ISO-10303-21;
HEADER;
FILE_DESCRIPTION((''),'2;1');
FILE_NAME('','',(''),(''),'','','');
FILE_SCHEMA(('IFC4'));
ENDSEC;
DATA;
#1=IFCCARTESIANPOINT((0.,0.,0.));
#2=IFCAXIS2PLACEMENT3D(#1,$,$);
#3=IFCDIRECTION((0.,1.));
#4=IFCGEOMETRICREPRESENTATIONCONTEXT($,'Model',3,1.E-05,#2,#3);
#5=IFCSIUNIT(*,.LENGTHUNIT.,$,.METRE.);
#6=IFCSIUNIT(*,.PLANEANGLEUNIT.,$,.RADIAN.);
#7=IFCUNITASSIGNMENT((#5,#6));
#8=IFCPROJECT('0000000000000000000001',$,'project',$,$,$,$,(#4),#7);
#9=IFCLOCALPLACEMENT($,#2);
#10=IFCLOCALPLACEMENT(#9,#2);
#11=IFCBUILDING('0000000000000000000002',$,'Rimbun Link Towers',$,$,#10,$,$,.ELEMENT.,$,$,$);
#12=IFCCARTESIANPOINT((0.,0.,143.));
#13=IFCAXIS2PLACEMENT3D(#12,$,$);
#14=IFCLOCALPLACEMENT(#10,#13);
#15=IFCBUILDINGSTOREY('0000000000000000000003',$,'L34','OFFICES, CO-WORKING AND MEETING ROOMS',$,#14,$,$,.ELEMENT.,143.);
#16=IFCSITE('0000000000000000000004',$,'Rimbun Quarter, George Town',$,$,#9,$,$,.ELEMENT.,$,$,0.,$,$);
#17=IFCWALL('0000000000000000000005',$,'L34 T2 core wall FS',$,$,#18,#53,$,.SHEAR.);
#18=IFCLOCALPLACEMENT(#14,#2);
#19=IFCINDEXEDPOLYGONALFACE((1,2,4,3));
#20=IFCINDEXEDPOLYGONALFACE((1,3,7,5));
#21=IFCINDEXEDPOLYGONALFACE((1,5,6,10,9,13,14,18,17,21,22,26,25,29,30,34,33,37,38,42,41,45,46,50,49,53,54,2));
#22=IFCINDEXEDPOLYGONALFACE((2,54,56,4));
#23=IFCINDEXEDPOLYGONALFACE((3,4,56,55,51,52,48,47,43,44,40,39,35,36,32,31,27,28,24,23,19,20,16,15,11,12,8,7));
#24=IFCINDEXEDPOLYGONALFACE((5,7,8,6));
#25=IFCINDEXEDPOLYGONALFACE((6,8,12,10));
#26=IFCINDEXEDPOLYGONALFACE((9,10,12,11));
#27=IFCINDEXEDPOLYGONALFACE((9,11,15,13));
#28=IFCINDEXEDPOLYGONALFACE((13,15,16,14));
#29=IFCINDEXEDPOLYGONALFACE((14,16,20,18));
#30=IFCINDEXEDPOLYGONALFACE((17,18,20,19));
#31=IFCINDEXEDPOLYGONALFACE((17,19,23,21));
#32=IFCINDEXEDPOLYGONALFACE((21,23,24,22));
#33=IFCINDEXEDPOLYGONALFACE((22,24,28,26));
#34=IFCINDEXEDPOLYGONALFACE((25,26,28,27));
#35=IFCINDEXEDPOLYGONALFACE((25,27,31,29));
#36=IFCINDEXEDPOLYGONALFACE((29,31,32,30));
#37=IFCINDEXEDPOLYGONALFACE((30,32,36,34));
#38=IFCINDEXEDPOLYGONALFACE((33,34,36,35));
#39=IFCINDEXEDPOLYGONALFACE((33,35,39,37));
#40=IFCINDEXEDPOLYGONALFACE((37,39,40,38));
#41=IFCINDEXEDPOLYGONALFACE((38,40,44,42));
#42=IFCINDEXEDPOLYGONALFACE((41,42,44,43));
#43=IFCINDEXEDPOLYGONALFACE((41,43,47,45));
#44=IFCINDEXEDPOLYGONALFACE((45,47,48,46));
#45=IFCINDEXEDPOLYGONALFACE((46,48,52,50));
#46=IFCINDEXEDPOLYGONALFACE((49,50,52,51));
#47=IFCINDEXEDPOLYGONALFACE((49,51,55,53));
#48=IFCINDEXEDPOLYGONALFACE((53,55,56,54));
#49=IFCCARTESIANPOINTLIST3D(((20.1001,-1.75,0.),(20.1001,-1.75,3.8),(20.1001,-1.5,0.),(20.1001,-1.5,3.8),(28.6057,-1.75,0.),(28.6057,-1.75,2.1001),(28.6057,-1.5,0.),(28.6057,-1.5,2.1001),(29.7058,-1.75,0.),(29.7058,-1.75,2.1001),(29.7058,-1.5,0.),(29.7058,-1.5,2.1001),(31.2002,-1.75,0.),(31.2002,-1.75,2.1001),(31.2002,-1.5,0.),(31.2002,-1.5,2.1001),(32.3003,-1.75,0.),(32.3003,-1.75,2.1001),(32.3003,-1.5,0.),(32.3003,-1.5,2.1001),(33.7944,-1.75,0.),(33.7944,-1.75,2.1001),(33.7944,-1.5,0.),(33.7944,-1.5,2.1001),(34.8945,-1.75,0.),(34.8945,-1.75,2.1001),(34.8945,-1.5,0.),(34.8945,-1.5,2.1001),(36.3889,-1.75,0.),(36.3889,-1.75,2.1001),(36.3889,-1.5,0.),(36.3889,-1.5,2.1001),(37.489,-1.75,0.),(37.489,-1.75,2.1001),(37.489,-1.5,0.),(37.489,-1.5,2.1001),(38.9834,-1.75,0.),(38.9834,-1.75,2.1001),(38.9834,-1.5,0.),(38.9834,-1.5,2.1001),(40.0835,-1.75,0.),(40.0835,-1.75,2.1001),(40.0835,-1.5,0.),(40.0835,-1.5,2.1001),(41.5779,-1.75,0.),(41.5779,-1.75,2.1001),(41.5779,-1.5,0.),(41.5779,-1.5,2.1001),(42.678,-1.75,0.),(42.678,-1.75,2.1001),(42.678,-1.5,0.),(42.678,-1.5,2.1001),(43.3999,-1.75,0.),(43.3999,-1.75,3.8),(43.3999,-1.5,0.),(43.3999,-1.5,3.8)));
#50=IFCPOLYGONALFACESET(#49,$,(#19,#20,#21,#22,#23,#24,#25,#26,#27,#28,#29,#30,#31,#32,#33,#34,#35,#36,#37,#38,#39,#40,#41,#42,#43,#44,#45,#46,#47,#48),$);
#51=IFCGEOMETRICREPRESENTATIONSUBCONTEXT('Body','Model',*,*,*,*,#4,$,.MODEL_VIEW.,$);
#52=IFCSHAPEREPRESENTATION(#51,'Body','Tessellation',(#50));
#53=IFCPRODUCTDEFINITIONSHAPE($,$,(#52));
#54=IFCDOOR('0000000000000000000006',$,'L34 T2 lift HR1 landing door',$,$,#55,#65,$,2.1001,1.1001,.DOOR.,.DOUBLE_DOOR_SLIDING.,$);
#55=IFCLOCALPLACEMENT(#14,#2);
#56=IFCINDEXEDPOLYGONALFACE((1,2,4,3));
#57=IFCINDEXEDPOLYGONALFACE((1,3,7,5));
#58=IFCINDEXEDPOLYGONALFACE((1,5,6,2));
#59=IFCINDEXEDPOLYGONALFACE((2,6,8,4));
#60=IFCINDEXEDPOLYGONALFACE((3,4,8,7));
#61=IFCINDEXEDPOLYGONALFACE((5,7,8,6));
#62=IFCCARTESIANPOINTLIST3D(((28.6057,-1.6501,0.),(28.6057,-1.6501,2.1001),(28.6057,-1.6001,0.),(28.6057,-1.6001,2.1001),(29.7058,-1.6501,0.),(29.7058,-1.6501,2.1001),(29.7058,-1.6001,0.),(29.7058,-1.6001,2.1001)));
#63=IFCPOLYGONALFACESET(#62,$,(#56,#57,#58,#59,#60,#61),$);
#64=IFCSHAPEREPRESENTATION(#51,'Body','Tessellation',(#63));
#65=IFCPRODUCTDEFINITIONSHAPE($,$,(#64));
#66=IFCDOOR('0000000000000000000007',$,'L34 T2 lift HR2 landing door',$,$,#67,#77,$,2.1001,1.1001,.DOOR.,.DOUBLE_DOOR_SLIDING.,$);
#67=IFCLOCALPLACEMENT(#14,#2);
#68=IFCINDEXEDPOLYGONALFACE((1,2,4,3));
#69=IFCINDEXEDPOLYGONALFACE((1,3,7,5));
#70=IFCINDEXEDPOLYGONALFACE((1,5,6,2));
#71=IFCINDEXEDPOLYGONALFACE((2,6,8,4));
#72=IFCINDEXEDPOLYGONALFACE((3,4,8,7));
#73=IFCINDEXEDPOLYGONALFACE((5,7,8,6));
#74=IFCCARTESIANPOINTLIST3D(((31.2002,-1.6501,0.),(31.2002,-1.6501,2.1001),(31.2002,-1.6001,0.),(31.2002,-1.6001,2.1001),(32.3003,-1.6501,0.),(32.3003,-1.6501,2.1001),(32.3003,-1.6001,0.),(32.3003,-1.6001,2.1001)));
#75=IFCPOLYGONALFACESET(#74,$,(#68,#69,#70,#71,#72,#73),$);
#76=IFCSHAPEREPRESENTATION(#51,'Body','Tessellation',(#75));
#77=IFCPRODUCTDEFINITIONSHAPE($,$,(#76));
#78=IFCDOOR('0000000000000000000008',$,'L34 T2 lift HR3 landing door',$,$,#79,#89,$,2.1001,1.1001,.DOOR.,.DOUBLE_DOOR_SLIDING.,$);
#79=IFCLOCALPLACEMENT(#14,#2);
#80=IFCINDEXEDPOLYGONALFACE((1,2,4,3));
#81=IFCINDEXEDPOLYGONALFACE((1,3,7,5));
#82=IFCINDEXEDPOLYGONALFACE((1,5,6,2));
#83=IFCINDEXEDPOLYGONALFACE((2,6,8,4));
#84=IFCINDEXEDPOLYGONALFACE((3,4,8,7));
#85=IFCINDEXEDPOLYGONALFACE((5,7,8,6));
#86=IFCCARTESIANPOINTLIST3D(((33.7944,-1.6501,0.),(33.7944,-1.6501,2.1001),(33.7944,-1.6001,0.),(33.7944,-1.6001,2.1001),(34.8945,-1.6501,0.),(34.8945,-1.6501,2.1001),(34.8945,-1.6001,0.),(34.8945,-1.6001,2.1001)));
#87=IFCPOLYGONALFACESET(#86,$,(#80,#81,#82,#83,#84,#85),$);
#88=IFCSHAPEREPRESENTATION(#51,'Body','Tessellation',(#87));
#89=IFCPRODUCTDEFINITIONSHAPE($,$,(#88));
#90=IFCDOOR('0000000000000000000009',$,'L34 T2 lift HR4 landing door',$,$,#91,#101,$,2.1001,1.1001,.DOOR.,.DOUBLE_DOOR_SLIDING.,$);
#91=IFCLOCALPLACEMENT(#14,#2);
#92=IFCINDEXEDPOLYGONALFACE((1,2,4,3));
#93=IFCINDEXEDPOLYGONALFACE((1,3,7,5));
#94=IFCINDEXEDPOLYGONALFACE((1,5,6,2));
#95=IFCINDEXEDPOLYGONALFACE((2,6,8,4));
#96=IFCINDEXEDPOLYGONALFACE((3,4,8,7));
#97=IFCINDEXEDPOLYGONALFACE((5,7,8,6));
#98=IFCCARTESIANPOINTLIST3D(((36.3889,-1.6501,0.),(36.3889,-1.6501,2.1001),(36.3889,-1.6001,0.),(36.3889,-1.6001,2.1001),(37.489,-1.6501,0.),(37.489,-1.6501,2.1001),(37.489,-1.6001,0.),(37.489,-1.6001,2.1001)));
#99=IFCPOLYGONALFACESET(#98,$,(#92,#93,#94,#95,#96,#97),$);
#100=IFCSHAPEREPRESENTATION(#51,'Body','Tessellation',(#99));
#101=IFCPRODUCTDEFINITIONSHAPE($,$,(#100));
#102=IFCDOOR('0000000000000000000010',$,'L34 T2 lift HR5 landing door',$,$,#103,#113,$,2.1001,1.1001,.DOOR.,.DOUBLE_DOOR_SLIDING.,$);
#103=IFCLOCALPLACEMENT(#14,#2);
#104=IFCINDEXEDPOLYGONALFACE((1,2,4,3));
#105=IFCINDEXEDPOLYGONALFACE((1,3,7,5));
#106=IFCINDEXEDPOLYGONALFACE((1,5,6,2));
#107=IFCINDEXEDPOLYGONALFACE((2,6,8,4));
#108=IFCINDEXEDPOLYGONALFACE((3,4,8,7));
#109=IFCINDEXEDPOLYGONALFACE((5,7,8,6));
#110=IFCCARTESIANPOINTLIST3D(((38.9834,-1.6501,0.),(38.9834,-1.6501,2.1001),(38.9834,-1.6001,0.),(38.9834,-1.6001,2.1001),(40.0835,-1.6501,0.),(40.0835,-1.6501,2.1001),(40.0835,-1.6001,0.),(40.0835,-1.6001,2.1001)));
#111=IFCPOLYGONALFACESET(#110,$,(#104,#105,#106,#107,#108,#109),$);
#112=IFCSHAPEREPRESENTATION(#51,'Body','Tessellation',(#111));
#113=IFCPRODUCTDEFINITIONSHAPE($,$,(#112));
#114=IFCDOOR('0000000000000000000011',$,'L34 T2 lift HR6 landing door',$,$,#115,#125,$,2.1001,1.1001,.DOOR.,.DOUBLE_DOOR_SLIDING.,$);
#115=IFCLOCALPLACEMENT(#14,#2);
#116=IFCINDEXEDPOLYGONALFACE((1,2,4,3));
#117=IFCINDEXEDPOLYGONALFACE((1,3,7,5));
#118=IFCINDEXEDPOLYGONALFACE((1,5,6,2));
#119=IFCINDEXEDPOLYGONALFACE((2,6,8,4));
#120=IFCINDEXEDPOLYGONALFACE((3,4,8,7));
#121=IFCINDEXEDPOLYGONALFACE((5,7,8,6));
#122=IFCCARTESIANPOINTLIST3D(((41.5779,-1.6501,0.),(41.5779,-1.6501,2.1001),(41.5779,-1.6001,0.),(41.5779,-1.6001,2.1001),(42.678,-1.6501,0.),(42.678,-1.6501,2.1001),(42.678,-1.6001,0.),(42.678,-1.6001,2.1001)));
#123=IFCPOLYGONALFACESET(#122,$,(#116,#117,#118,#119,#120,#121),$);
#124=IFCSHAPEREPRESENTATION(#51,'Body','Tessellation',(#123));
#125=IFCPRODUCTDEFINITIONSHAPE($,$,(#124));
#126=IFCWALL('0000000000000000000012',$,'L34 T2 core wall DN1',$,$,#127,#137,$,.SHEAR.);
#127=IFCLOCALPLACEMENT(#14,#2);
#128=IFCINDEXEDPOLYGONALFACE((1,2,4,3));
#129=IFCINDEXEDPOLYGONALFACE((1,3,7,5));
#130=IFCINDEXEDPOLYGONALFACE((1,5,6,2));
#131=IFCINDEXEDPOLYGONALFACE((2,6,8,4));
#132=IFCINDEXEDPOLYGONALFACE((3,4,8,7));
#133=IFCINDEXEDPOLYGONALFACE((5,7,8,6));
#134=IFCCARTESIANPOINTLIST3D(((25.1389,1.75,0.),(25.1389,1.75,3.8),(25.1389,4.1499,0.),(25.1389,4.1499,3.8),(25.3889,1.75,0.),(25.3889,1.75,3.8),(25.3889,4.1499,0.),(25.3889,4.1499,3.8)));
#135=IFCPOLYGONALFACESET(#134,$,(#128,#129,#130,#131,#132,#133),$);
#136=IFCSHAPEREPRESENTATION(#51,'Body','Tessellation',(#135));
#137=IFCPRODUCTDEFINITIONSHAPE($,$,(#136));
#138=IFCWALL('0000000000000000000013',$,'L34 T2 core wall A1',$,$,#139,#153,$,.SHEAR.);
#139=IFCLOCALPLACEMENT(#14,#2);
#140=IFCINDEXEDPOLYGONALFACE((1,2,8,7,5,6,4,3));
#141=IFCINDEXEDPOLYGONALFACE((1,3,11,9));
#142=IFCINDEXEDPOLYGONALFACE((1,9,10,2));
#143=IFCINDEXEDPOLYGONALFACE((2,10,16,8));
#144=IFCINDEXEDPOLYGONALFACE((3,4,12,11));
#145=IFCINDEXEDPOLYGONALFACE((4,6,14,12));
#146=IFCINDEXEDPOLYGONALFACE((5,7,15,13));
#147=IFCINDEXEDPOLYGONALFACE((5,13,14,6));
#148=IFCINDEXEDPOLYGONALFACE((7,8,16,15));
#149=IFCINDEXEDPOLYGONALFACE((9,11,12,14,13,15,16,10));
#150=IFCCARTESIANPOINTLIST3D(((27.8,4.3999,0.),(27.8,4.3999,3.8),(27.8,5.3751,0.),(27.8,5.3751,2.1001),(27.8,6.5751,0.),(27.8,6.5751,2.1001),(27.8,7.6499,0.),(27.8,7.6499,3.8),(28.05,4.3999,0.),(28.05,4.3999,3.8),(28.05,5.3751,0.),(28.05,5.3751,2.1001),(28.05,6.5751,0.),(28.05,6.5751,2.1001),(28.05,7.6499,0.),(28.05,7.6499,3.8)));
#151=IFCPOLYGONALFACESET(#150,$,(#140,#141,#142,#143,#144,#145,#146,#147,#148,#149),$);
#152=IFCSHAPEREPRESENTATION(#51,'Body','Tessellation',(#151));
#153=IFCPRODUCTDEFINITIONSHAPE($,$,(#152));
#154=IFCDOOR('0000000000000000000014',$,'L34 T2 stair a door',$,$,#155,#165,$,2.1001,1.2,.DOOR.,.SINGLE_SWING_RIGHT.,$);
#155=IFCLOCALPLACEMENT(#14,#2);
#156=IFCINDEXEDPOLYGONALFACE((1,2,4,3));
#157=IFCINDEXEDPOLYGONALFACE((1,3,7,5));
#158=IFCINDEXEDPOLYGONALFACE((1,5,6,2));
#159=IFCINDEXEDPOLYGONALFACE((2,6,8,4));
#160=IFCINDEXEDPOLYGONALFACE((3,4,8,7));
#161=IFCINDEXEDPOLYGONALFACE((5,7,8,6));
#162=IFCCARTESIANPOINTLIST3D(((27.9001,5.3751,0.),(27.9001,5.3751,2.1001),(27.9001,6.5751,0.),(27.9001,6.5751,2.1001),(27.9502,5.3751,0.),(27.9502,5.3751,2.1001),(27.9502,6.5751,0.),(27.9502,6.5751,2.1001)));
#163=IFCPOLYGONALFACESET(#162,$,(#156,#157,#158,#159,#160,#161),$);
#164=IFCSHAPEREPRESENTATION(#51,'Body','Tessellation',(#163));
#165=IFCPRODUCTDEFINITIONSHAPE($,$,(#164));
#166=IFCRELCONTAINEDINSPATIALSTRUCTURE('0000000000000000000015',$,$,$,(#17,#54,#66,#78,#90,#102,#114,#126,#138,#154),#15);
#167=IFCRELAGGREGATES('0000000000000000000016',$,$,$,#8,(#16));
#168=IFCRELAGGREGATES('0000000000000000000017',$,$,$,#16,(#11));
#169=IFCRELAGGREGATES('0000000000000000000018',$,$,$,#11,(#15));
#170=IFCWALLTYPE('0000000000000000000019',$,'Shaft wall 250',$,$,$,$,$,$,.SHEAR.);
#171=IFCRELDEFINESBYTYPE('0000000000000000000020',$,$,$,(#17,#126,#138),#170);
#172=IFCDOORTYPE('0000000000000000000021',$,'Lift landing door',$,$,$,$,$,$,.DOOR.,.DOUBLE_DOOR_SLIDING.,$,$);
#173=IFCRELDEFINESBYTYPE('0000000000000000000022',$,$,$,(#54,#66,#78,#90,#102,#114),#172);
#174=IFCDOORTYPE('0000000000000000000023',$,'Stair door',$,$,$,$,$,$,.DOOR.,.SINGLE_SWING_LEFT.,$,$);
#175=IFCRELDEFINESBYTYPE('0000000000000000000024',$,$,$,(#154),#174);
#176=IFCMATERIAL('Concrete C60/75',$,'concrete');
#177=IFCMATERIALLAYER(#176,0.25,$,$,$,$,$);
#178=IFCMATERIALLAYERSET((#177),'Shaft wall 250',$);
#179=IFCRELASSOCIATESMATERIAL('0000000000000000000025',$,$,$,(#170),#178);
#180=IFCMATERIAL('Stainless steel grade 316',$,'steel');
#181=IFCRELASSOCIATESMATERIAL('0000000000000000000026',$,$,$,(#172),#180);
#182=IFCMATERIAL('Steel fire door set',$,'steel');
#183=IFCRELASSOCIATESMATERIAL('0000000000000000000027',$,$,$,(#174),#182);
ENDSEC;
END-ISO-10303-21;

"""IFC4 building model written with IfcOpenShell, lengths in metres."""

from ifc_helpers import new_model, si_unit, direction, frame, frame_2d, origin, place, context, subcontext, project, spatial, rectangle, extrude, material, layer, layer_set, type_object, element, fill, save


model = new_model("IFC4")

# Units and contexts
model_context = context("Model", 3, precision=1e-05, world=origin(), true_north=direction((0.0, 1.0)))
body_context = subcontext(model_context, "Body", "Model", "MODEL_VIEW")
ifc_project = project(units=[si_unit("LENGTHUNIT", "METRE"), si_unit("PLANEANGLEUNIT", "RADIAN")], contexts=[model_context])

# Site, building, storey
site_placement = place(None, origin())
site = spatial("IfcSite", under=ifc_project, at=site_placement, Name="Rimbun Quarter, George Town", CompositionType="ELEMENT", RefElevation=0.0)
building_placement = place(site_placement, origin())
building = spatial("IfcBuilding", under=site, at=building_placement, Name="Rimbun Link Towers", CompositionType="ELEMENT")
storey_placement = place(building_placement, frame((0.0, 0.0, 143.0)))
storey = spatial("IfcBuildingStorey", under=building, at=storey_placement, Name="L34", Description="OFFICES, CO-WORKING AND MEETING ROOMS", CompositionType="ELEMENT", Elevation=143.0)

# Shared definitions
ifc_material_1 = material(Name="Concrete C60/75", Category="concrete")
ifc_layer = layer(ifc_material_1, 0.25)
ifc_layer_set = layer_set([ifc_layer], Name="Shaft wall 250")
wall_type = type_object("IfcWallType", Name="Shaft wall 250", PredefinedType="SHEAR", material=ifc_layer_set)

# Wall, openings, doors
wall_1_placement = place(storey_placement, frame((20.1001, -1.625, 0.0), z_axis=(0.0, 0.0, 1.0), x_axis=(1.0, 0.0, 0.0)))
wall_1 = element("IfcWall", 1, at=wall_1_placement, inside=storey, type_object=wall_type, Name="L34 T2 core wall FS", PredefinedType="SHEAR", context=body_context, shape_type="SweptSolid", body=[
    extrude(rectangle(XDim=23.2998, YDim=0.25, at=frame_2d((11.6499, 0.0))), origin(), (0.0, 0.0, 1.0), 3.8),
])
opening_1_placement = place(wall_1_placement, frame((8.5056, 0.0, 0.0)))
opening_1 = element("IfcOpeningElement", 2, at=opening_1_placement, cuts=wall_1, PredefinedType="OPENING", context=body_context, shape_type="SweptSolid", body=[
    extrude(rectangle(XDim=1.1001, YDim=2.1001, at=frame_2d((0.55, 1.05))), frame((0.0, 0.135, 0.0), z_axis=(0.0, -1.0, 0.0), x_axis=(1.0, 0.0, 0.0)), (0.0, 0.0, 1.0), 0.27),
])
opening_2_placement = place(wall_1_placement, frame((11.1001, 0.0, 0.0)))
opening_2 = element("IfcOpeningElement", 3, at=opening_2_placement, cuts=wall_1, PredefinedType="OPENING", context=body_context, shape_type="SweptSolid", body=[
    extrude(rectangle(XDim=1.1001, YDim=2.1001, at=frame_2d((0.55, 1.05))), frame((0.0, 0.135, 0.0), z_axis=(0.0, -1.0, 0.0), x_axis=(1.0, 0.0, 0.0)), (0.0, 0.0, 1.0), 0.27),
])
opening_3_placement = place(wall_1_placement, frame((13.6943, 0.0, 0.0)))
opening_3 = element("IfcOpeningElement", 4, at=opening_3_placement, cuts=wall_1, PredefinedType="OPENING", context=body_context, shape_type="SweptSolid", body=[
    extrude(rectangle(XDim=1.1001, YDim=2.1001, at=frame_2d((0.55, 1.05))), frame((0.0, 0.135, 0.0), z_axis=(0.0, -1.0, 0.0), x_axis=(1.0, 0.0, 0.0)), (0.0, 0.0, 1.0), 0.27),
])
opening_4_placement = place(wall_1_placement, frame((16.2888, 0.0, 0.0)))
opening_4 = element("IfcOpeningElement", 5, at=opening_4_placement, cuts=wall_1, PredefinedType="OPENING", context=body_context, shape_type="SweptSolid", body=[
    extrude(rectangle(XDim=1.1001, YDim=2.1001, at=frame_2d((0.55, 1.05))), frame((0.0, 0.135, 0.0), z_axis=(0.0, -1.0, 0.0), x_axis=(1.0, 0.0, 0.0)), (0.0, 0.0, 1.0), 0.27),
])
opening_5_placement = place(wall_1_placement, frame((18.8833, 0.0, 0.0)))
opening_5 = element("IfcOpeningElement", 6, at=opening_5_placement, cuts=wall_1, PredefinedType="OPENING", context=body_context, shape_type="SweptSolid", body=[
    extrude(rectangle(XDim=1.1001, YDim=2.1001, at=frame_2d((0.55, 1.05))), frame((0.0, 0.135, 0.0), z_axis=(0.0, -1.0, 0.0), x_axis=(1.0, 0.0, 0.0)), (0.0, 0.0, 1.0), 0.27),
])
opening_6_placement = place(wall_1_placement, frame((21.4778, 0.0, 0.0)))
opening_6 = element("IfcOpeningElement", 7, at=opening_6_placement, cuts=wall_1, PredefinedType="OPENING", context=body_context, shape_type="SweptSolid", body=[
    extrude(rectangle(XDim=1.1001, YDim=2.1001, at=frame_2d((0.55, 1.05))), frame((0.0, 0.135, 0.0), z_axis=(0.0, -1.0, 0.0), x_axis=(1.0, 0.0, 0.0)), (0.0, 0.0, 1.0), 0.27),
])
ifc_material_2 = material(Name="Stainless steel grade 316", Category="steel")
door_type_1 = type_object("IfcDoorType", Name="Lift landing door", OperationType="DOUBLE_DOOR_SLIDING", PredefinedType="DOOR", material=ifc_material_2)
door_1_placement = place(opening_1_placement, origin())
door_1 = element("IfcDoor", 8, at=door_1_placement, inside=storey, type_object=door_type_1, Name="L34 T2 lift HR1 landing door", OperationType="DOUBLE_DOOR_SLIDING", OverallHeight=2.1001, OverallWidth=1.1001, PredefinedType="DOOR", context=body_context, shape_type="SweptSolid", body=[
    extrude(rectangle(XDim=1.1001, YDim=2.1001, at=frame_2d((0.55, 1.05))), frame((0.0, 0.0249, 0.0), z_axis=(0.0, -1.0, 0.0), x_axis=(1.0, 0.0, 0.0)), (0.0, 0.0, 1.0), 0.05),
])
fill(opening_1, door_1)
door_2_placement = place(opening_2_placement, origin())
door_2 = element("IfcDoor", 9, at=door_2_placement, inside=storey, type_object=door_type_1, Name="L34 T2 lift HR2 landing door", OperationType="DOUBLE_DOOR_SLIDING", OverallHeight=2.1001, OverallWidth=1.1001, PredefinedType="DOOR", context=body_context, shape_type="SweptSolid", body=[
    extrude(rectangle(XDim=1.1001, YDim=2.1001, at=frame_2d((0.55, 1.05))), frame((0.0, 0.0249, 0.0), z_axis=(0.0, -1.0, 0.0), x_axis=(1.0, 0.0, 0.0)), (0.0, 0.0, 1.0), 0.05),
])
fill(opening_2, door_2)
door_3_placement = place(opening_3_placement, origin())
door_3 = element("IfcDoor", 10, at=door_3_placement, inside=storey, type_object=door_type_1, Name="L34 T2 lift HR3 landing door", OperationType="DOUBLE_DOOR_SLIDING", OverallHeight=2.1001, OverallWidth=1.1001, PredefinedType="DOOR", context=body_context, shape_type="SweptSolid", body=[
    extrude(rectangle(XDim=1.1001, YDim=2.1001, at=frame_2d((0.55, 1.05))), frame((0.0, 0.0249, 0.0), z_axis=(0.0, -1.0, 0.0), x_axis=(1.0, 0.0, 0.0)), (0.0, 0.0, 1.0), 0.05),
])
fill(opening_3, door_3)
door_4_placement = place(opening_4_placement, origin())
door_4 = element("IfcDoor", 11, at=door_4_placement, inside=storey, type_object=door_type_1, Name="L34 T2 lift HR4 landing door", OperationType="DOUBLE_DOOR_SLIDING", OverallHeight=2.1001, OverallWidth=1.1001, PredefinedType="DOOR", context=body_context, shape_type="SweptSolid", body=[
    extrude(rectangle(XDim=1.1001, YDim=2.1001, at=frame_2d((0.55, 1.05))), frame((0.0, 0.0249, 0.0), z_axis=(0.0, -1.0, 0.0), x_axis=(1.0, 0.0, 0.0)), (0.0, 0.0, 1.0), 0.05),
])
fill(opening_4, door_4)
door_5_placement = place(opening_5_placement, origin())
door_5 = element("IfcDoor", 12, at=door_5_placement, inside=storey, type_object=door_type_1, Name="L34 T2 lift HR5 landing door", OperationType="DOUBLE_DOOR_SLIDING", OverallHeight=2.1001, OverallWidth=1.1001, PredefinedType="DOOR", context=body_context, shape_type="SweptSolid", body=[
    extrude(rectangle(XDim=1.1001, YDim=2.1001, at=frame_2d((0.55, 1.05))), frame((0.0, 0.0249, 0.0), z_axis=(0.0, -1.0, 0.0), x_axis=(1.0, 0.0, 0.0)), (0.0, 0.0, 1.0), 0.05),
])
fill(opening_5, door_5)
door_6_placement = place(opening_6_placement, origin())
door_6 = element("IfcDoor", 13, at=door_6_placement, inside=storey, type_object=door_type_1, Name="L34 T2 lift HR6 landing door", OperationType="DOUBLE_DOOR_SLIDING", OverallHeight=2.1001, OverallWidth=1.1001, PredefinedType="DOOR", context=body_context, shape_type="SweptSolid", body=[
    extrude(rectangle(XDim=1.1001, YDim=2.1001, at=frame_2d((0.55, 1.05))), frame((0.0, 0.0249, 0.0), z_axis=(0.0, -1.0, 0.0), x_axis=(1.0, 0.0, 0.0)), (0.0, 0.0, 1.0), 0.05),
])
fill(opening_6, door_6)

# Wall
wall_2_placement = place(storey_placement, frame((25.2639, 1.75, 0.0), z_axis=(0.0, 0.0, 1.0), x_axis=(0.0, 1.0, 0.0)))
element("IfcWall", 14, at=wall_2_placement, inside=storey, type_object=wall_type, Name="L34 T2 core wall DN1", PredefinedType="SHEAR", context=body_context, shape_type="SweptSolid", body=[
    extrude(rectangle(XDim=2.3999, YDim=0.25, at=frame_2d((1.2, 0.0))), origin(), (0.0, 0.0, 1.0), 3.8),
])

# Wall, opening, door
wall_3_placement = place(storey_placement, frame((27.925, 4.3999, 0.0), z_axis=(0.0, 0.0, 1.0), x_axis=(0.0, 1.0, 0.0)))
wall_3 = element("IfcWall", 15, at=wall_3_placement, inside=storey, type_object=wall_type, Name="L34 T2 core wall A1", PredefinedType="SHEAR", context=body_context, shape_type="SweptSolid", body=[
    extrude(rectangle(XDim=3.25, YDim=0.25, at=frame_2d((1.625, 0.0))), origin(), (0.0, 0.0, 1.0), 3.8),
])
opening_7_placement = place(wall_3_placement, frame((0.9751, 0.0, 0.0)))
opening_7 = element("IfcOpeningElement", 16, at=opening_7_placement, cuts=wall_3, PredefinedType="OPENING", context=body_context, shape_type="SweptSolid", body=[
    extrude(rectangle(XDim=1.2, YDim=2.1001, at=frame_2d((0.6001, 1.05))), frame((0.0, 0.135, 0.0), z_axis=(0.0, -1.0, 0.0), x_axis=(1.0, 0.0, 0.0)), (0.0, 0.0, 1.0), 0.27),
])
ifc_material_3 = material(Name="Steel fire door set", Category="steel")
door_type_2 = type_object("IfcDoorType", Name="Stair door", OperationType="SINGLE_SWING_LEFT", PredefinedType="DOOR", material=ifc_material_3)
door_7_placement = place(opening_7_placement, origin())
door_7 = element("IfcDoor", 17, at=door_7_placement, inside=storey, type_object=door_type_2, Name="L34 T2 stair a door", OperationType="SINGLE_SWING_RIGHT", OverallHeight=2.1001, OverallWidth=1.2, PredefinedType="DOOR", context=body_context, shape_type="SweptSolid", body=[
    extrude(rectangle(XDim=1.2, YDim=2.1001, at=frame_2d((0.6001, 1.05))), frame((0.0, 0.0249, 0.0), z_axis=(0.0, -1.0, 0.0), x_axis=(1.0, 0.0, 0.0)), (0.0, 0.0, 1.0), 0.05),
])
fill(opening_7, door_7)

save(model, "model.ifc")
